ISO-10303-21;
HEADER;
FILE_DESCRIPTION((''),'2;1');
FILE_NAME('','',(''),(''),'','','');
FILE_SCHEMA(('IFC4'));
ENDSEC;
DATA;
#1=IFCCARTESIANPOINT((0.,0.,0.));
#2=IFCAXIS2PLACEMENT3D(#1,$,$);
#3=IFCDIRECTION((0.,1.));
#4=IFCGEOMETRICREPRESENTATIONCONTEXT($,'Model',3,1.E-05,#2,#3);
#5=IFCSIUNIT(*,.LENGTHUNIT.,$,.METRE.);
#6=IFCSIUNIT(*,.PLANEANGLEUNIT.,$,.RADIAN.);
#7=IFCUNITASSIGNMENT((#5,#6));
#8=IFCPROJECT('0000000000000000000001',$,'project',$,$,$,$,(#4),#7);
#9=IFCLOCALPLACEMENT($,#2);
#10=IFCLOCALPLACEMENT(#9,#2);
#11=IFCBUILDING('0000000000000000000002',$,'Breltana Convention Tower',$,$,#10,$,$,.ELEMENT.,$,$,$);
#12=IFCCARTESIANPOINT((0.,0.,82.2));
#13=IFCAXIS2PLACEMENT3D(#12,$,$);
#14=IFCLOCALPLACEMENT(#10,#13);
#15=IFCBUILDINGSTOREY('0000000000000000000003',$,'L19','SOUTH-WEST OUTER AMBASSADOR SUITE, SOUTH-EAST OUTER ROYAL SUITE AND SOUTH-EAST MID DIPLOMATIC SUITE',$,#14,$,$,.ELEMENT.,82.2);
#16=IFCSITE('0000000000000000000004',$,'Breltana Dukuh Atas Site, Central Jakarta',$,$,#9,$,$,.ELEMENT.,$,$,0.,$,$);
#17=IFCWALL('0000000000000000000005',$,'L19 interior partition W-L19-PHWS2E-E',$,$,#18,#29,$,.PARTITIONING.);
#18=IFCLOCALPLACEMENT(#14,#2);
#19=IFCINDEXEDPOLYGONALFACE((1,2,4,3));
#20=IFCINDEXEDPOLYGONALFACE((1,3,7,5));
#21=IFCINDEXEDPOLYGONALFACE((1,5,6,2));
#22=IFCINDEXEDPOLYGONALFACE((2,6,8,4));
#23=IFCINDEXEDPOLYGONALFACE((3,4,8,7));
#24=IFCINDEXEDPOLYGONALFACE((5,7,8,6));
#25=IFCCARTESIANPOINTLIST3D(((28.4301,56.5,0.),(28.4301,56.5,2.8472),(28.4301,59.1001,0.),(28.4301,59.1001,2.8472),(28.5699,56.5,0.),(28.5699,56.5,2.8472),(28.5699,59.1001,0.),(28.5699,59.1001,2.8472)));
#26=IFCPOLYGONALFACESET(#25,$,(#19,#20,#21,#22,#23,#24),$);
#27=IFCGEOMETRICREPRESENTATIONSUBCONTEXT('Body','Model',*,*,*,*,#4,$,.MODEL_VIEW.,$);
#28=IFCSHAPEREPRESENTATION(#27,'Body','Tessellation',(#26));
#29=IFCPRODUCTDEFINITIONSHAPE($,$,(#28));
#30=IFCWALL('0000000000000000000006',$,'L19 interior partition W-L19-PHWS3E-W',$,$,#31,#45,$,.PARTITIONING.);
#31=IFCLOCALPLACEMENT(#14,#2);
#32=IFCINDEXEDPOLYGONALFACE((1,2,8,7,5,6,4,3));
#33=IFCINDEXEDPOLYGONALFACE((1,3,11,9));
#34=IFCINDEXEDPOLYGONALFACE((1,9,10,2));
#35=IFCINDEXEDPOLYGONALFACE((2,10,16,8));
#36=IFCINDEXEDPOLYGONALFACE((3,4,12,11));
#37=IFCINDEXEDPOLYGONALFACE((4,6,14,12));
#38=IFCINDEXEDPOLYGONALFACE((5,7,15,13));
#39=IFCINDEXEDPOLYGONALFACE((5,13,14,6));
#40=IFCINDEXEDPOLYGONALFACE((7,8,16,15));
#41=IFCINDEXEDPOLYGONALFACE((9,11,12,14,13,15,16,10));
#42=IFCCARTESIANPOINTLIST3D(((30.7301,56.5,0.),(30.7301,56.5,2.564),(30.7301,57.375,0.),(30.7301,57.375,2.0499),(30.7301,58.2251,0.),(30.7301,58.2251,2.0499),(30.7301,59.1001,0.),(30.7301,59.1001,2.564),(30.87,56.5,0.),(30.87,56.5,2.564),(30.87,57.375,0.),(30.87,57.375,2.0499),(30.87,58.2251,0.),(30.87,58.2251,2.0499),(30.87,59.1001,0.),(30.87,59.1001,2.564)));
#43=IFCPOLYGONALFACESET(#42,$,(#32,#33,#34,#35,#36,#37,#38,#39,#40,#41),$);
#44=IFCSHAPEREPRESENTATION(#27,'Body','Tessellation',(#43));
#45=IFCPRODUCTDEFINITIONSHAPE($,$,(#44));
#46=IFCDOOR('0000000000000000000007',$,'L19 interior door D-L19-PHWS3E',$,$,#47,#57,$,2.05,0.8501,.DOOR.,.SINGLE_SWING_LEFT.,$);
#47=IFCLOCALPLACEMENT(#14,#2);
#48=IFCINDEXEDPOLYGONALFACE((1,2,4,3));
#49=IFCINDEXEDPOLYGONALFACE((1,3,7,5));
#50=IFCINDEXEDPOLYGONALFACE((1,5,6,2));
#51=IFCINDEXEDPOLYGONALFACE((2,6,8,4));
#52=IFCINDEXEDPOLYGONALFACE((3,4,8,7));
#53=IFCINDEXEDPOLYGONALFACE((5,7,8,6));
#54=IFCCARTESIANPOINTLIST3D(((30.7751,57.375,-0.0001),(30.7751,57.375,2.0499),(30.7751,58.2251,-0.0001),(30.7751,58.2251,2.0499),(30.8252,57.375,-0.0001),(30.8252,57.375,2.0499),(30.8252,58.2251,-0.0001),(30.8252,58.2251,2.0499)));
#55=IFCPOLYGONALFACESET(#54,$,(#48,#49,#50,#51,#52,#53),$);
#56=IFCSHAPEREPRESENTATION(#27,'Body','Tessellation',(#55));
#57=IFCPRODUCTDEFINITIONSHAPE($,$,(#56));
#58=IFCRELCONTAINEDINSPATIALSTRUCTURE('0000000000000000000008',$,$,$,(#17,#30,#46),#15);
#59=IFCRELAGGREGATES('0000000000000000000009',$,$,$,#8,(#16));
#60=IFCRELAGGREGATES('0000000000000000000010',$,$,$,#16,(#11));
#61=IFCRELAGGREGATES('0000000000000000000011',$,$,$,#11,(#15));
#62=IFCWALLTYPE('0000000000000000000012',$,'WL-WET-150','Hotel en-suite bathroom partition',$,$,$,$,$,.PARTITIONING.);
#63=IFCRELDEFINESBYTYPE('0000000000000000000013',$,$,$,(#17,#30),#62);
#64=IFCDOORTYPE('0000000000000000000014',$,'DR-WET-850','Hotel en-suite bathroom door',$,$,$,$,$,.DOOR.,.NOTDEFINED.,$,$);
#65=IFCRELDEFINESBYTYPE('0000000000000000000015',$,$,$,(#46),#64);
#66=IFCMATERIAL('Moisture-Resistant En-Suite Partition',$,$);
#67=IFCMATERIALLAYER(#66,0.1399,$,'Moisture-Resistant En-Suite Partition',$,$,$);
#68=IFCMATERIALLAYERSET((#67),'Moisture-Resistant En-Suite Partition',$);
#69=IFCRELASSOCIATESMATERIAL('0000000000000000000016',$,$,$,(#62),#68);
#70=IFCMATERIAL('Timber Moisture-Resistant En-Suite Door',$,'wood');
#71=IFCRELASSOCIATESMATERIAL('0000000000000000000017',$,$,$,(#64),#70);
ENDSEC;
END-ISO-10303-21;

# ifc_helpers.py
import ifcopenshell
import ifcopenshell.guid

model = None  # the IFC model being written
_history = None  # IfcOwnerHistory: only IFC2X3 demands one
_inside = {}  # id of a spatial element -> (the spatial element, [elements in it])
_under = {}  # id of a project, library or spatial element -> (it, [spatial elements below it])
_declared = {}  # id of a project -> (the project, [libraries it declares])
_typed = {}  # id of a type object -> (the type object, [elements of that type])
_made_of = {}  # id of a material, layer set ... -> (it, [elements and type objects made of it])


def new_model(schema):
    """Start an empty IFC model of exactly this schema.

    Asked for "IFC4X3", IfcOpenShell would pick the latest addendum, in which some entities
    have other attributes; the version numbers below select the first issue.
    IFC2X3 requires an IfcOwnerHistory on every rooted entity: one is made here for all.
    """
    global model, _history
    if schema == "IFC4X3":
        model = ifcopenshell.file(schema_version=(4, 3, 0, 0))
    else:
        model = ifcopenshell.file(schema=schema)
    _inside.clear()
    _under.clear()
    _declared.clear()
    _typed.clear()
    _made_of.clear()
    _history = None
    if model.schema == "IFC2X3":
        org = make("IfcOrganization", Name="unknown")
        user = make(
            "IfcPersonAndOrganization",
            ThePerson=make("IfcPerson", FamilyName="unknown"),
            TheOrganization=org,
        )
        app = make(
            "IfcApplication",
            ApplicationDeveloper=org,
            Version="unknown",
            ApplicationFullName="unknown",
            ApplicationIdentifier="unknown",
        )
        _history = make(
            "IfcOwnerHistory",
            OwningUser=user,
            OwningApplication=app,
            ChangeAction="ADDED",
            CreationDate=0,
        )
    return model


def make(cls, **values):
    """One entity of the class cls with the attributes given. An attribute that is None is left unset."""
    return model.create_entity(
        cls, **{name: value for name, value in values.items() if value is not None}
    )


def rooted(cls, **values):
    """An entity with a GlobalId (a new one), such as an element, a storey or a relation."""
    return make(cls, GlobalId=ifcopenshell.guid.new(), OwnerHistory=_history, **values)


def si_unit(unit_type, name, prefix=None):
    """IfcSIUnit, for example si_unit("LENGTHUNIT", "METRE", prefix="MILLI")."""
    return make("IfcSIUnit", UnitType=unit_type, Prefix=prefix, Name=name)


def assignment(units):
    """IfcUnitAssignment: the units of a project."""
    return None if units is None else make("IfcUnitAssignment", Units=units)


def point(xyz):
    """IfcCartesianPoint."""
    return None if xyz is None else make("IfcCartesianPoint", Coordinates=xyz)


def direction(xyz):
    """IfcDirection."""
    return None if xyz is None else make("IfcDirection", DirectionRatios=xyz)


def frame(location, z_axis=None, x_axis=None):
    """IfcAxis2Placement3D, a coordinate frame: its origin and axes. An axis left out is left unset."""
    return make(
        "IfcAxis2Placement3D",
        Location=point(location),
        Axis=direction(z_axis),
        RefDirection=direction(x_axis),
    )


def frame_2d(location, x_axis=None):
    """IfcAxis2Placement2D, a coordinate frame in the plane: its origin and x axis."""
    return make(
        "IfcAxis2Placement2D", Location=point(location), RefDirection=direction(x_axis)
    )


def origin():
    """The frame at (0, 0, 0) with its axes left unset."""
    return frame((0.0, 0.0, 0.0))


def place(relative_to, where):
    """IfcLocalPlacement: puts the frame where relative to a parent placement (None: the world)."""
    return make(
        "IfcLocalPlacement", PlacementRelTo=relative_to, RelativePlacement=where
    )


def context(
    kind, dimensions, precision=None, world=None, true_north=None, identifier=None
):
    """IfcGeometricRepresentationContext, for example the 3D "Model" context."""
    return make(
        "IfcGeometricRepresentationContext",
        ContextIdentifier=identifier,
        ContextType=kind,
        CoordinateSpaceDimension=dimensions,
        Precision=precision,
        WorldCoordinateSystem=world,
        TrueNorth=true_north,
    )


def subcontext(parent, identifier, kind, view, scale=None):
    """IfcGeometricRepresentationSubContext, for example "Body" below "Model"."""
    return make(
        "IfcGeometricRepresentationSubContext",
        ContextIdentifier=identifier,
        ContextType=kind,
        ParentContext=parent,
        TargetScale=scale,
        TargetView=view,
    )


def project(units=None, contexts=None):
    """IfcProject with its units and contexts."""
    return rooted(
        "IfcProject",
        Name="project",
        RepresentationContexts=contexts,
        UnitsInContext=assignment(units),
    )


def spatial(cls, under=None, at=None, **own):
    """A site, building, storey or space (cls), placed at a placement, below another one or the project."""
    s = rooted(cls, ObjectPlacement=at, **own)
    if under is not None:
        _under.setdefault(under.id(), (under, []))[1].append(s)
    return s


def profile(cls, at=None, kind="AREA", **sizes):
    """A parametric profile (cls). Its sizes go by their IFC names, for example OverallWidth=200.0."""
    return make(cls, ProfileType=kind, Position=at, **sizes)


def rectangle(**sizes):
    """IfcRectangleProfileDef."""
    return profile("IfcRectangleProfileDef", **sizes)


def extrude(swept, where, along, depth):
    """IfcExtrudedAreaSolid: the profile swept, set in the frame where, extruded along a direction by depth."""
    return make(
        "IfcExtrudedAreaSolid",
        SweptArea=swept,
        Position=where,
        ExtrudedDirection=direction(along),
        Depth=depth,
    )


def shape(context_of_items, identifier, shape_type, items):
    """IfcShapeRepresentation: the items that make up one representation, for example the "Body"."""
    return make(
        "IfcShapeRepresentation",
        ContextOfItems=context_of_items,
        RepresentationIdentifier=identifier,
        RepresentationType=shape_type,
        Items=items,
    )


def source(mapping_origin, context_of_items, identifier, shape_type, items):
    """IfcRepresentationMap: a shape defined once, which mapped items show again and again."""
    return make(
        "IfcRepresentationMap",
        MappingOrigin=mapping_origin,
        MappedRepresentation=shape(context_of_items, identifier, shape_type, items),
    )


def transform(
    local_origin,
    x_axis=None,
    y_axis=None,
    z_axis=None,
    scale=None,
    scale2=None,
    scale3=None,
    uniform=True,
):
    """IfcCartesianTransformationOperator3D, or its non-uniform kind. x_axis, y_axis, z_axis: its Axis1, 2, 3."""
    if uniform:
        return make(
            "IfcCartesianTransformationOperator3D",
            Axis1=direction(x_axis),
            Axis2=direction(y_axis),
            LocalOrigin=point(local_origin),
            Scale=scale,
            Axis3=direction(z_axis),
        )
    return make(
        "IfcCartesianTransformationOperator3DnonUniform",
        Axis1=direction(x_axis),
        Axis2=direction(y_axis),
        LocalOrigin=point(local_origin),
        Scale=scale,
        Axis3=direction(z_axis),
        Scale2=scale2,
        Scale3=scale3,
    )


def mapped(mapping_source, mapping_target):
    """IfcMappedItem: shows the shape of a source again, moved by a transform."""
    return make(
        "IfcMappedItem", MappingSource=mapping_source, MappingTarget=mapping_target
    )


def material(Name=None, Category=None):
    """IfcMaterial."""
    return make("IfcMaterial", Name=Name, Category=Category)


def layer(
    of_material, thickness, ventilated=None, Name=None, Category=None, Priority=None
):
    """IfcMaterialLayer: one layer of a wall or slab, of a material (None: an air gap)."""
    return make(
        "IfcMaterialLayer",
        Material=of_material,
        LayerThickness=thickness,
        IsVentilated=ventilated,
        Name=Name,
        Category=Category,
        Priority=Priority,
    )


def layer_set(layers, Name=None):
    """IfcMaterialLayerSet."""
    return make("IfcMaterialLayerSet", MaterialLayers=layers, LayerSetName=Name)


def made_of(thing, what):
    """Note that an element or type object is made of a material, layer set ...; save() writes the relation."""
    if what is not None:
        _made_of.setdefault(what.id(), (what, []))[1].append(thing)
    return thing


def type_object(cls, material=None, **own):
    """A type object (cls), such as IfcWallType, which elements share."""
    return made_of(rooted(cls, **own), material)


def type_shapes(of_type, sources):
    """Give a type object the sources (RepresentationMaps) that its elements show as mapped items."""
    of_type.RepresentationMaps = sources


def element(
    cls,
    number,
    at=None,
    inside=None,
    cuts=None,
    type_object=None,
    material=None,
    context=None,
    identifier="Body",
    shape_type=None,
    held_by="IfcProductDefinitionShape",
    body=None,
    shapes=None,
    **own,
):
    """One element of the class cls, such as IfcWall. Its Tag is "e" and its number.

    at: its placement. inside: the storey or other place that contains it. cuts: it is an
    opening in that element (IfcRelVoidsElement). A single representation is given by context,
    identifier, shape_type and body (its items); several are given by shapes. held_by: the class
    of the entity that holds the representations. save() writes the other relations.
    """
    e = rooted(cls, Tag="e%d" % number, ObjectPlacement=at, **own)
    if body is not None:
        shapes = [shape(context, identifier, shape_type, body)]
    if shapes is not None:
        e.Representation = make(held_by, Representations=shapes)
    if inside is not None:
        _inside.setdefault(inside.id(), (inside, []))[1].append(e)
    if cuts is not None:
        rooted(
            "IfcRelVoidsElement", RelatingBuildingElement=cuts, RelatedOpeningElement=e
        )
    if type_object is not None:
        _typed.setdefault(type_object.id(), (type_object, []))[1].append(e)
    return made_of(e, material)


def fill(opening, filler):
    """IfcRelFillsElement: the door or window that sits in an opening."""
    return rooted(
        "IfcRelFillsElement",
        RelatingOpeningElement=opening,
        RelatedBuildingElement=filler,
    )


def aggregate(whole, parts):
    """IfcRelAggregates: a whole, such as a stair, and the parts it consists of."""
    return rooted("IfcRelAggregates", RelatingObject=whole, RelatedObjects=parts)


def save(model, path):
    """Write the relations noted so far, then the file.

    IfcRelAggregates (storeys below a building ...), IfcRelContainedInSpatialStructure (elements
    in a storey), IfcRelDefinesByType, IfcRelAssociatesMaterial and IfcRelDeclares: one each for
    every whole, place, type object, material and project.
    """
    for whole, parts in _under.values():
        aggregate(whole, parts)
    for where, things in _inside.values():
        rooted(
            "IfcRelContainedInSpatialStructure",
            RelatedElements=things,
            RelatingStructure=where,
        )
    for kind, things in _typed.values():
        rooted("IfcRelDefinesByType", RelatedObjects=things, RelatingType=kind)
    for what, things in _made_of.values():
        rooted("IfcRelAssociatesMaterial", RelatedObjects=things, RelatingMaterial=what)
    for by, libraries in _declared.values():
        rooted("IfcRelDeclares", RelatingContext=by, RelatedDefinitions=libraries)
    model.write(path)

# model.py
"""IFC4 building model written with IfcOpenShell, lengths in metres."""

from ifc_helpers import new_model, si_unit, direction, frame, frame_2d, origin, place, context, subcontext, project, spatial, rectangle, extrude, source, transform, mapped, material, layer, layer_set, type_object, type_shapes, element, fill, save


model = new_model("IFC4")

# Units and contexts
model_context = context("Model", 3, precision=1e-05, world=origin(), true_north=direction((0.0, 1.0)))
body_context = subcontext(model_context, "Body", "Model", "MODEL_VIEW")
ifc_project = project(units=[si_unit("LENGTHUNIT", "METRE"), si_unit("PLANEANGLEUNIT", "RADIAN")], contexts=[model_context])

# Site, building, storey
site_placement = place(None, origin())
site = spatial("IfcSite", under=ifc_project, at=site_placement, Name="Breltana Dukuh Atas Site, Central Jakarta", CompositionType="ELEMENT", RefElevation=0.0)
building_placement = place(site_placement, origin())
building = spatial("IfcBuilding", under=site, at=building_placement, Name="Breltana Convention Tower", CompositionType="ELEMENT")
storey_placement = place(building_placement, frame((0.0, 0.0, 82.2)))
storey = spatial("IfcBuildingStorey", under=building, at=storey_placement, Name="L19", Description="SOUTH-WEST OUTER AMBASSADOR SUITE, SOUTH-EAST OUTER ROYAL SUITE AND SOUTH-EAST MID DIPLOMATIC SUITE", CompositionType="ELEMENT", Elevation=82.2)

# Shared definitions
ifc_material_1 = material(Name="Moisture-Resistant En-Suite Partition")
ifc_layer_1 = layer(ifc_material_1, 0.1399, Name="Moisture-Resistant En-Suite Partition")
ifc_layer_set_1 = layer_set([ifc_layer_1], Name="Moisture-Resistant En-Suite Partition")
wall_type_1 = type_object("IfcWallType", Name="WL-WET-150", Description="Hotel en-suite bathroom partition", PredefinedType="PARTITIONING", material=ifc_layer_set_1)

# Shared definitions
ifc_material_2 = material(Name="Timber Moisture-Resistant En-Suite Door", Category="wood")
door_type_1 = type_object("IfcDoorType", Name="DR-WET-850", Description="Hotel en-suite bathroom door", OperationType="NOTDEFINED", PredefinedType="DOOR", material=ifc_material_2)
shared_shape_1 = source(origin(), body_context, "Body", "SweptSolid", [
    extrude(rectangle(XDim=0.8501, YDim=2.05, at=frame_2d((0.425, 1.0249))), frame((0.0, 0.0249, 0.0), z_axis=(0.0, -1.0, 0.0), x_axis=(1.0, 0.0, 0.0)), (0.0, 0.0, 1.0), 0.05),
])
type_shapes(door_type_1, [shared_shape_1])

# Wall
shared_shape_2 = source(origin(), body_context, "Body", "SweptSolid", [
    extrude(rectangle(XDim=2.6001, YDim=0.1399, at=frame_2d((1.3, 0.0))), origin(), (0.0, 0.0, 1.0), 2.8472),
])
wall_1_placement = place(storey_placement, frame((28.5, 56.5, 0.0), z_axis=(0.0, 0.0, 1.0), x_axis=(0.0, 1.0, 0.0)))
element("IfcWall", 1, at=wall_1_placement, inside=storey, type_object=wall_type_1, Name="L19 interior partition W-L19-PHWS2E-E", PredefinedType="PARTITIONING", context=body_context, shape_type="MappedRepresentation", body=[
    mapped(shared_shape_2, transform((0.0, 0.0, 0.0), scale=1.0)),
])

# Wall, opening, door
shared_shape_3 = source(origin(), body_context, "Body", "SweptSolid", [
    extrude(rectangle(XDim=2.6001, YDim=0.1399, at=frame_2d((1.3, 0.0))), origin(), (0.0, 0.0, 1.0), 2.564),
])
wall_2_placement = place(storey_placement, frame((30.8, 56.5, 0.0), z_axis=(0.0, 0.0, 1.0), x_axis=(0.0, 1.0, 0.0)))
wall_2 = element("IfcWall", 2, at=wall_2_placement, inside=storey, type_object=wall_type_1, Name="L19 interior partition W-L19-PHWS3E-W", PredefinedType="PARTITIONING", context=body_context, shape_type="MappedRepresentation", body=[
    mapped(shared_shape_3, transform((0.0, 0.0, 0.0), scale=1.0)),
])
opening_1_placement = place(wall_2_placement, frame((0.875, 0.0, 0.0)))
opening_1 = element("IfcOpeningElement", 3, at=opening_1_placement, cuts=wall_2, PredefinedType="OPENING", context=body_context, shape_type="SweptSolid", body=[
    extrude(rectangle(XDim=0.8501, YDim=2.05, at=frame_2d((0.425, 1.0249))), frame((0.0, 0.0801, 0.0), z_axis=(0.0, -1.0, 0.0), x_axis=(1.0, 0.0, 0.0)), (0.0, 0.0, 1.0), 0.1599),
])
door_1_placement = place(opening_1_placement, origin())
door_1 = element("IfcDoor", 4, at=door_1_placement, inside=storey, type_object=door_type_1, Name="L19 interior door D-L19-PHWS3E", OperationType="SINGLE_SWING_LEFT", OverallHeight=2.05, OverallWidth=0.8501, PredefinedType="DOOR", context=body_context, shape_type="MappedRepresentation", body=[
    mapped(shared_shape_1, transform((0.0, 0.0, 0.0), scale=1.0)),
])
fill(opening_1, door_1)

save(model, "model.ifc")
